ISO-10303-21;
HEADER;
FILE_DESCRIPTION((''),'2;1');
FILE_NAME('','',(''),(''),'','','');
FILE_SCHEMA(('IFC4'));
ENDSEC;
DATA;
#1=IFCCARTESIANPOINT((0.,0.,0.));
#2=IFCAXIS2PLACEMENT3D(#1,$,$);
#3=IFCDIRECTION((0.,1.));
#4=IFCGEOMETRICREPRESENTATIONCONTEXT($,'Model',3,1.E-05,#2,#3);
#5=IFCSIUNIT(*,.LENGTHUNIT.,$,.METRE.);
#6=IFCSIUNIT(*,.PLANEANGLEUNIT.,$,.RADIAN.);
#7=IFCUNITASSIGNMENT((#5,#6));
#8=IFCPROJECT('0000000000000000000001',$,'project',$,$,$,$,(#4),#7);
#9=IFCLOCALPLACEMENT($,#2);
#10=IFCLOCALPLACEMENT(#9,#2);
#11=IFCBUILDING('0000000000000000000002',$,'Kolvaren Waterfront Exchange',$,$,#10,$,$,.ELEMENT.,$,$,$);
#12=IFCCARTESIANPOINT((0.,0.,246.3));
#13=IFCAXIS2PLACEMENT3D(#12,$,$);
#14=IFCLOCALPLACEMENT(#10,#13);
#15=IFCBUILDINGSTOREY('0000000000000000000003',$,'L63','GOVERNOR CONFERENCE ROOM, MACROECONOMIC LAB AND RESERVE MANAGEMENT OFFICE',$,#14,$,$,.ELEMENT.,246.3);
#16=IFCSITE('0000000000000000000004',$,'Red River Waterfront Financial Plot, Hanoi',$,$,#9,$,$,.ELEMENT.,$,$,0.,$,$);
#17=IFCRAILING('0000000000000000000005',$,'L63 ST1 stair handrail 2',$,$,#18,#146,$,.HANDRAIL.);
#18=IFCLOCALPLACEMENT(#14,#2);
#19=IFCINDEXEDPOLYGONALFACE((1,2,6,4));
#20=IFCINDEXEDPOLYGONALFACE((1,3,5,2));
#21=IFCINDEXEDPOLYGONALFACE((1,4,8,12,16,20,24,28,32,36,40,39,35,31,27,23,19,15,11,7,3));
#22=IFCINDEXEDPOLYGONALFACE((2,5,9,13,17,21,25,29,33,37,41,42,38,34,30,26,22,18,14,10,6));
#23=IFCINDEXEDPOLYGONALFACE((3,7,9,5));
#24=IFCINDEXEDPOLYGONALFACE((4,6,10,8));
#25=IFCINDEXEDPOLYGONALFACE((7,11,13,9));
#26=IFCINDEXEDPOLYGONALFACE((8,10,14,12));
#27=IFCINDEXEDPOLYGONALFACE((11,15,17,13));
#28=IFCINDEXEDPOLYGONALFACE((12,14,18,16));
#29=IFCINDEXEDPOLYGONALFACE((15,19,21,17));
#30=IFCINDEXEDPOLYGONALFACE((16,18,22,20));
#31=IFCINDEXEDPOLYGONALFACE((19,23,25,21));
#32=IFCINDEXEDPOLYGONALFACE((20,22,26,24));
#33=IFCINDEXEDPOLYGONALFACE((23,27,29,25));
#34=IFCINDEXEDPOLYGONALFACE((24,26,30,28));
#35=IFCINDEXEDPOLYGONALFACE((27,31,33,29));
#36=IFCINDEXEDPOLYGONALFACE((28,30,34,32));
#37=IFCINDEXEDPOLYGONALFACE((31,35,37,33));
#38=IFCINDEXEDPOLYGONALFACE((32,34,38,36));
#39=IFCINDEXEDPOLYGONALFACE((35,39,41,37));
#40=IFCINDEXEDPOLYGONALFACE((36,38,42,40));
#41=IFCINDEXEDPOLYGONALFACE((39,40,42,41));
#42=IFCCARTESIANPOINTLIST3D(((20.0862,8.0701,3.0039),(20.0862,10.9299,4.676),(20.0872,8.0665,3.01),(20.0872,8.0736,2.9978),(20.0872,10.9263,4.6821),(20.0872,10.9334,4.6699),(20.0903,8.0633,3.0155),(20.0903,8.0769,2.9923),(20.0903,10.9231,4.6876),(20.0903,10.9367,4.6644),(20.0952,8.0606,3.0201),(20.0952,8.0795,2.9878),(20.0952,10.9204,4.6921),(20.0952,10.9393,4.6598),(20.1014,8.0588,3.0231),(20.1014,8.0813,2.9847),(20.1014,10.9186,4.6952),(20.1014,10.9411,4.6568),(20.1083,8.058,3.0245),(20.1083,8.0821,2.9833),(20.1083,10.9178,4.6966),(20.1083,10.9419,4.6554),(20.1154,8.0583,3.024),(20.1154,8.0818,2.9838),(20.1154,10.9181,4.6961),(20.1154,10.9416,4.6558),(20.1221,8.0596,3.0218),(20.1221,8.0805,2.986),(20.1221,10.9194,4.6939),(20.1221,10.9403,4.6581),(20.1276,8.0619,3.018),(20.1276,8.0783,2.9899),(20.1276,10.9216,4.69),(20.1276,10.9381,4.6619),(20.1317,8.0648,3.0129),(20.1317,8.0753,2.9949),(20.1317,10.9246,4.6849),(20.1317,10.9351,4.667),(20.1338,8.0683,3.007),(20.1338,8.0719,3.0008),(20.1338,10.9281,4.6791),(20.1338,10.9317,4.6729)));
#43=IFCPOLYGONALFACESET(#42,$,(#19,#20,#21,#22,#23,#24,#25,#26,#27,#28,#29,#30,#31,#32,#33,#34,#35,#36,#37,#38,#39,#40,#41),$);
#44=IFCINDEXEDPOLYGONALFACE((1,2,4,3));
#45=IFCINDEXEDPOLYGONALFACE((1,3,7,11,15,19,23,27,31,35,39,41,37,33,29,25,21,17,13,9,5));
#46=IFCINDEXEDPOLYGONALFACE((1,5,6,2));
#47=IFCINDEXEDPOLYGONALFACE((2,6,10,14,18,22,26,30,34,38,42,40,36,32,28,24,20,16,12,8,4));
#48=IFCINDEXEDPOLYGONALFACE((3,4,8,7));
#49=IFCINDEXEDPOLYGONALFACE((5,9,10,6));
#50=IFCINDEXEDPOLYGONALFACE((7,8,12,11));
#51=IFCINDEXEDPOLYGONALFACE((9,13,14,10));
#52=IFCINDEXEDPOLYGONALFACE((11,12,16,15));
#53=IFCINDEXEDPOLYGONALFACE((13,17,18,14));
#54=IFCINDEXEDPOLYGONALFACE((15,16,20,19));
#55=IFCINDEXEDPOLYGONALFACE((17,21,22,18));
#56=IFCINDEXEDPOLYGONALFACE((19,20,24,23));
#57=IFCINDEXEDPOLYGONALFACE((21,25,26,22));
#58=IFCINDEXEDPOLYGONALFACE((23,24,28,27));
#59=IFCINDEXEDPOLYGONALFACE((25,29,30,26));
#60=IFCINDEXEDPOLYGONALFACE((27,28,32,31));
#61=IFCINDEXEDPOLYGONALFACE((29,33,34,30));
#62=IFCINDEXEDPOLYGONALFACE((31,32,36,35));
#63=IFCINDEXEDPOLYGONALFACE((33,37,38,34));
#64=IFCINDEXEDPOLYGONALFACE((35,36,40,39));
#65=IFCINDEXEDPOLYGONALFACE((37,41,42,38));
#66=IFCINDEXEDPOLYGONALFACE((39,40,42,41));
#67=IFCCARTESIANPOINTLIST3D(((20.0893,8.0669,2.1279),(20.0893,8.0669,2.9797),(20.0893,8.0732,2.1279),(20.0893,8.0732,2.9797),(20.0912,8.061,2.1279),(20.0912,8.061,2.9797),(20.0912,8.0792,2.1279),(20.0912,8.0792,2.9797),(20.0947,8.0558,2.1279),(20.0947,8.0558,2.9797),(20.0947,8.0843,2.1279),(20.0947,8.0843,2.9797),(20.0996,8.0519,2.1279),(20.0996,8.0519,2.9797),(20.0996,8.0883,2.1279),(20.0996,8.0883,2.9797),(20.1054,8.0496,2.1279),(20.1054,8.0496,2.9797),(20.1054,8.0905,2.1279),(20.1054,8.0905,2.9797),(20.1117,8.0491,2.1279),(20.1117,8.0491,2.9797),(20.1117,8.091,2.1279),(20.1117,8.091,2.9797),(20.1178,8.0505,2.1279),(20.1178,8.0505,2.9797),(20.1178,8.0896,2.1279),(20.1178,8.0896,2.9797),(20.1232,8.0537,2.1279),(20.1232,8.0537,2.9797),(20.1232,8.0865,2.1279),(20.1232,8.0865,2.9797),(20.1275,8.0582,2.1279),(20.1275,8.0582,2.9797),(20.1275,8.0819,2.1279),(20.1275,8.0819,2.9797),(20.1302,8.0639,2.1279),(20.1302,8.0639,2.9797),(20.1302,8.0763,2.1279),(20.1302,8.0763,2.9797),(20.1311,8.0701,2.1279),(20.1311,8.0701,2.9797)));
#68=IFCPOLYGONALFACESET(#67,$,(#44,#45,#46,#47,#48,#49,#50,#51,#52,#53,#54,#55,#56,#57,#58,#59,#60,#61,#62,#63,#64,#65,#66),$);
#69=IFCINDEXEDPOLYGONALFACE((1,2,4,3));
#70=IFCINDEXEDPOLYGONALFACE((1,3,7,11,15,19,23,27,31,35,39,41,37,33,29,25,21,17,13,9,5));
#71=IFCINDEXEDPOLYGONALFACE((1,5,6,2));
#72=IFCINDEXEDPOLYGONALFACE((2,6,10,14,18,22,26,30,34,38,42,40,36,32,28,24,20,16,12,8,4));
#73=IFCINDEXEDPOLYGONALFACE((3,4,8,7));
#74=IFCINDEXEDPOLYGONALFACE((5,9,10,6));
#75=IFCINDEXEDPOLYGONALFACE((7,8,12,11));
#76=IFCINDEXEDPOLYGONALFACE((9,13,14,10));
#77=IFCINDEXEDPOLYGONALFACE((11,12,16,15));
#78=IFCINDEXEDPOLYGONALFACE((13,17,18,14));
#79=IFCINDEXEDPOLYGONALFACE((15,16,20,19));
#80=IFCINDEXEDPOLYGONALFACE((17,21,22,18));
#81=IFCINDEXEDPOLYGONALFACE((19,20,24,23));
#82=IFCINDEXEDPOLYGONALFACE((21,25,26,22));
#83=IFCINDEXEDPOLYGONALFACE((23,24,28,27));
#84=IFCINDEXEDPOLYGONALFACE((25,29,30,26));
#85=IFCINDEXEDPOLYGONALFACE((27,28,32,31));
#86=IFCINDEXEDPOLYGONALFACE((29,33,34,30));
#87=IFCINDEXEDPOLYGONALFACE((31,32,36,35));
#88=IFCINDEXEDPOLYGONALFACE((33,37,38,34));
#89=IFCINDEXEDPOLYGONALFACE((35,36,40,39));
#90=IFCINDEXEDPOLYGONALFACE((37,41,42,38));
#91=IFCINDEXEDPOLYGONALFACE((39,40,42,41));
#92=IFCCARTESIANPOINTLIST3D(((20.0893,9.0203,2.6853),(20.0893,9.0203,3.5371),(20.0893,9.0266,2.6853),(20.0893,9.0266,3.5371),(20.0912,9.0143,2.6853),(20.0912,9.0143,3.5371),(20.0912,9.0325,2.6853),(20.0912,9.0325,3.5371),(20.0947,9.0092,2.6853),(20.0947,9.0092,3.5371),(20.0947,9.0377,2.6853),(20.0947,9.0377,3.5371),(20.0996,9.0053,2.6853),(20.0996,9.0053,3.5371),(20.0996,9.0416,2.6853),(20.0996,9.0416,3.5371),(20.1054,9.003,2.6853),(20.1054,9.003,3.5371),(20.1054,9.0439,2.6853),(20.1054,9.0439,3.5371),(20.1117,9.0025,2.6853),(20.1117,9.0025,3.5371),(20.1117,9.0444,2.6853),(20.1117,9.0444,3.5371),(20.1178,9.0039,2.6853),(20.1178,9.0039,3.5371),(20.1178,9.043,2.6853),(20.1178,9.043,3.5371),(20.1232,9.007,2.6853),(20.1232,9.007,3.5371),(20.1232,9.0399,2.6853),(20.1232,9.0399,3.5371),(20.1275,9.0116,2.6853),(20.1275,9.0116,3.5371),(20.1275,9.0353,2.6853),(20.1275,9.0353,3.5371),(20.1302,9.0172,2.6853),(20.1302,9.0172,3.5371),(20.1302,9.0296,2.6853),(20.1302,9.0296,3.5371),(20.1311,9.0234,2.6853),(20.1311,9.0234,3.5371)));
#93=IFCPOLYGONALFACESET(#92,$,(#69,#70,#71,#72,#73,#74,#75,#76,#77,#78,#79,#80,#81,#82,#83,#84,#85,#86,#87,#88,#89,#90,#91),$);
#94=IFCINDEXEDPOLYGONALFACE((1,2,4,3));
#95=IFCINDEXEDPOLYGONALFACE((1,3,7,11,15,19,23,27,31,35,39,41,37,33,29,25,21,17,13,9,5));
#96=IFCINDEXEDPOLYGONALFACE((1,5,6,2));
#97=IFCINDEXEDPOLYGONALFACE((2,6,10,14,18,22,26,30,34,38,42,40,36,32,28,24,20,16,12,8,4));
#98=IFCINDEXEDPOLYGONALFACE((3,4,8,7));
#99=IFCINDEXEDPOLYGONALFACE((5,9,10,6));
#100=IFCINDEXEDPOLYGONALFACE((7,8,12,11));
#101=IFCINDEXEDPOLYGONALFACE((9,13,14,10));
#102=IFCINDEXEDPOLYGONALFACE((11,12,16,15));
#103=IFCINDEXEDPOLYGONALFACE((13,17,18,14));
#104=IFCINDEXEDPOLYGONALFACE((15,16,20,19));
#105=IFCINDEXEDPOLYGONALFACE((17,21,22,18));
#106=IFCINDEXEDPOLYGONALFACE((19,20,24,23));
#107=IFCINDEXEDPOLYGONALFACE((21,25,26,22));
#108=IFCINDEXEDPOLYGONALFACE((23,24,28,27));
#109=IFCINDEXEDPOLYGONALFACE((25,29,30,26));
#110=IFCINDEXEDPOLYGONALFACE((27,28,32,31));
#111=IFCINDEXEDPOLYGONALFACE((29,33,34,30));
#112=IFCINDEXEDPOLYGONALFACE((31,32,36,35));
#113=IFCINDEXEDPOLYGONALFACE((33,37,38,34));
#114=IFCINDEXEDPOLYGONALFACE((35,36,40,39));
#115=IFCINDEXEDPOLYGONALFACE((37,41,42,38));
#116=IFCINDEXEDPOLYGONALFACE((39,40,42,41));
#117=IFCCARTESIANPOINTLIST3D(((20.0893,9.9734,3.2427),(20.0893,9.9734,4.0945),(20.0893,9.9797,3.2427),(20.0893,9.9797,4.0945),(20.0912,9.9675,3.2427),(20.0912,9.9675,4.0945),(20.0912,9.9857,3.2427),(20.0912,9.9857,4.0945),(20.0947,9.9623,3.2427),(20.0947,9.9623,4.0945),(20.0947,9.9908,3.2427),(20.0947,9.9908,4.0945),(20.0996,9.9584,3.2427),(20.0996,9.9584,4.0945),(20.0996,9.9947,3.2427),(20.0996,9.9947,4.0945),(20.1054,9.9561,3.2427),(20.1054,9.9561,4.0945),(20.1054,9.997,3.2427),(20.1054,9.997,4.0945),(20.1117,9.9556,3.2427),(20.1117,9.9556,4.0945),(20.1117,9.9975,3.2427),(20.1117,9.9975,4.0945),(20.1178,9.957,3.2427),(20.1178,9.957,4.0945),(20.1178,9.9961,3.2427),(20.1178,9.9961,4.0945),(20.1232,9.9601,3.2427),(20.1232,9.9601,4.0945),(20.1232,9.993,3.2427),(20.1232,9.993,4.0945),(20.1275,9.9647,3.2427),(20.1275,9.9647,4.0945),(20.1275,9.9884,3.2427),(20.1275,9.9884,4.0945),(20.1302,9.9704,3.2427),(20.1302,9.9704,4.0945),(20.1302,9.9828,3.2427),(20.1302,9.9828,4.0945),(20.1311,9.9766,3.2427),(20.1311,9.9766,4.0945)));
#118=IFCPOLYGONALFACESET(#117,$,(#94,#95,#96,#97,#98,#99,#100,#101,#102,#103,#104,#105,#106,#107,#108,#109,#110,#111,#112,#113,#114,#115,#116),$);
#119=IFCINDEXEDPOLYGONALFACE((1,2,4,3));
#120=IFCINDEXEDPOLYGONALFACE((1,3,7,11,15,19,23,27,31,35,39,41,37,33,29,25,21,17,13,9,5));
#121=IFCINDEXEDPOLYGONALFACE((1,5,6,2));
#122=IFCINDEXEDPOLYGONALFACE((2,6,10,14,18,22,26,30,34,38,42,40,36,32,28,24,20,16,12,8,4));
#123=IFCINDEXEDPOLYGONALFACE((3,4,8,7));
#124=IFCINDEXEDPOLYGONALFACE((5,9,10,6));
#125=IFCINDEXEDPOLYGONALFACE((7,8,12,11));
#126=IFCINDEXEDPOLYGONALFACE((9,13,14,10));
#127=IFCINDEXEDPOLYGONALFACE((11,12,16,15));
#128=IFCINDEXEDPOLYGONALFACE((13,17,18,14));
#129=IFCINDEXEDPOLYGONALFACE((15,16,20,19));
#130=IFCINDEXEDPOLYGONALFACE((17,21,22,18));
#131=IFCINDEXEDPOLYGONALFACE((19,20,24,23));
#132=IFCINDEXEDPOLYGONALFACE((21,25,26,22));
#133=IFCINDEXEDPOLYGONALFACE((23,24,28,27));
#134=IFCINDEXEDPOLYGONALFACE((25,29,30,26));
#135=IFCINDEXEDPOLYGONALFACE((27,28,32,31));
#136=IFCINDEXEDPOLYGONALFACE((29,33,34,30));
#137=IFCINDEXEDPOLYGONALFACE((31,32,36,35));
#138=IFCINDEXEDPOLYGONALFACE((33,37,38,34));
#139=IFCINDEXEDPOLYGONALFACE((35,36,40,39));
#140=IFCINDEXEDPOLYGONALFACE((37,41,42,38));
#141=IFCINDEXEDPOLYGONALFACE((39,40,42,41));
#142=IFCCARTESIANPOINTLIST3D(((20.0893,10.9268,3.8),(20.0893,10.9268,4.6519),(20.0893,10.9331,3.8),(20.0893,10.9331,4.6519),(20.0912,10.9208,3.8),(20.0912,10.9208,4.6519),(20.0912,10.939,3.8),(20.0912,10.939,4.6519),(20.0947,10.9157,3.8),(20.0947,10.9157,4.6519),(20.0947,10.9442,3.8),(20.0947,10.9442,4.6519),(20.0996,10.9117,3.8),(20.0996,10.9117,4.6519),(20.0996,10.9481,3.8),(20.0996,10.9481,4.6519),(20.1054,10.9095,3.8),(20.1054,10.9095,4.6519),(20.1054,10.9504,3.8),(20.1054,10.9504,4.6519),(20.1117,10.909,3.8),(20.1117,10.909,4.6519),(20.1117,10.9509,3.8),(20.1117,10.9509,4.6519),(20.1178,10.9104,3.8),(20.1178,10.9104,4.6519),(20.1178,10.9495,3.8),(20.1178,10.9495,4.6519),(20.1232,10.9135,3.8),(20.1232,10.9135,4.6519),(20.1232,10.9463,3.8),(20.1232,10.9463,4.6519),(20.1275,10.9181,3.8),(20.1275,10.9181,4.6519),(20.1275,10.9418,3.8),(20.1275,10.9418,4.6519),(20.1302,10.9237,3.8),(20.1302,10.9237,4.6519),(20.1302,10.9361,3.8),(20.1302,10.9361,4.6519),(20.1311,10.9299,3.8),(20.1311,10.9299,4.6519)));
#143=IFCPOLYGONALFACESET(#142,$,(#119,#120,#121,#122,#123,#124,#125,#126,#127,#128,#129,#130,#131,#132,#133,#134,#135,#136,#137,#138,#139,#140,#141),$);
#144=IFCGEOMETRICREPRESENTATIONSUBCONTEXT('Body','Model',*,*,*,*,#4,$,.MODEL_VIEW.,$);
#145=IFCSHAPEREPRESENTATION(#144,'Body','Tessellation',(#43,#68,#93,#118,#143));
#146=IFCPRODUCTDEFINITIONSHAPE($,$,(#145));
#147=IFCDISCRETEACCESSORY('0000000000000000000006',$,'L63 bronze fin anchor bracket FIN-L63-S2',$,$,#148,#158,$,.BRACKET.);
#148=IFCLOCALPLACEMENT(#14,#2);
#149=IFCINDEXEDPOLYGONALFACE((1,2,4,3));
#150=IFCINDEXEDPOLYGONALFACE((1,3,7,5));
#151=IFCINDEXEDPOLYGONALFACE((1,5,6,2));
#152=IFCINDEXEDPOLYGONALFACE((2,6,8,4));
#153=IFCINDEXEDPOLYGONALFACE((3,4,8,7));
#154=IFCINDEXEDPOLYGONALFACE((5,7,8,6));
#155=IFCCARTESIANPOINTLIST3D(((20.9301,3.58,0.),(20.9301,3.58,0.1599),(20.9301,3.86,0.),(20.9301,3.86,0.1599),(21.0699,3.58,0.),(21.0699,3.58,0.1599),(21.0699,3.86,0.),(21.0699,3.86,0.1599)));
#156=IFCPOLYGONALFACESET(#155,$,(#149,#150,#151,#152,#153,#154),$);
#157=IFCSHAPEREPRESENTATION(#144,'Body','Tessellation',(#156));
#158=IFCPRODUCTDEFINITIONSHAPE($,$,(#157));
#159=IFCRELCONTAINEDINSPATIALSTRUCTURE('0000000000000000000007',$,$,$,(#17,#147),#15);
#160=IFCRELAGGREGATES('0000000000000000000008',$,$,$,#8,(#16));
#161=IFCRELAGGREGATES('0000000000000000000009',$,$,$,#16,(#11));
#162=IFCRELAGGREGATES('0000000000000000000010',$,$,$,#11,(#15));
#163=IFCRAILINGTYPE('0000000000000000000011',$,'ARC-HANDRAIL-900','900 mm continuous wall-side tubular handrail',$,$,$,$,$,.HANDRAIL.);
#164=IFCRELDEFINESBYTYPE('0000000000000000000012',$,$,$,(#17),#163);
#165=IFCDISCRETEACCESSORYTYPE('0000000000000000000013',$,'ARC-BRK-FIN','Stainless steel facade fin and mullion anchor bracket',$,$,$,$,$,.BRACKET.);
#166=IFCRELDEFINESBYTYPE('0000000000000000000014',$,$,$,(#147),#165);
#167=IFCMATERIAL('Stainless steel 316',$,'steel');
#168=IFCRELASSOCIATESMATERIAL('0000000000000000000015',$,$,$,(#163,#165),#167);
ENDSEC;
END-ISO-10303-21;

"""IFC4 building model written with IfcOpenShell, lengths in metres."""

from ifc_helpers import new_model, si_unit, direction, frame, origin, origin_with_axes, origin_2d, place, context, subcontext, project, spatial, rectangle, circle, extrude, source, transform, mapped, material, type_object, element, save


model = new_model("IFC4")

# Units and contexts
model_context = context("Model", 3, precision=1e-05, world=origin(), true_north=direction((0.0, 1.0)))
body_context = subcontext(model_context, "Body", "Model", "MODEL_VIEW")
ifc_project = project(units=[si_unit("LENGTHUNIT", "METRE"), si_unit("PLANEANGLEUNIT", "RADIAN")], contexts=[model_context])

# Site, building, storey
site_placement = place(None, origin())
site = spatial("IfcSite", under=ifc_project, at=site_placement, Name="Red River Waterfront Financial Plot, Hanoi", CompositionType="ELEMENT", RefElevation=0.0)
building_placement = place(site_placement, origin())
building = spatial("IfcBuilding", under=site, at=building_placement, Name="Kolvaren Waterfront Exchange", CompositionType="ELEMENT")
storey_placement = place(building_placement, frame((0.0, 0.0, 246.3)))
storey = spatial("IfcBuildingStorey", under=building, at=storey_placement, Name="L63", Description="GOVERNOR CONFERENCE ROOM, MACROECONOMIC LAB AND RESERVE MANAGEMENT OFFICE", CompositionType="ELEMENT", Elevation=246.3)

# Railing
ifc_material_1 = material(Name="Stainless steel 316", Category="steel")
railing_type_1 = type_object("IfcRailingType", Name="ARC-HANDRAIL-900", Description="900 mm continuous wall-side tubular handrail", PredefinedType="HANDRAIL", material=ifc_material_1)
railing_1_placement = place(storey_placement, frame((20.1101, 8.0701, 2.1279)))
element("IfcRailing", 1, at=railing_1_placement, inside=storey, type_object=railing_type_1, Name="L63 ST1 stair handrail 2", PredefinedType="HANDRAIL", context=body_context, shape_type="SweptSolid", body=[
    extrude(circle(Radius=0.0239, at=origin_2d()), frame((0.0, 0.0, 0.876), z_axis=(0.0, 0.863271, 0.504741), x_axis=(-1.0, 0.0, 0.0)), (0.0, 0.0, 1.0), 3.3127),
    extrude(circle(Radius=0.021, at=origin_2d()), origin(), (0.0, 0.0, 1.0), 0.8518),
    extrude(circle(Radius=0.021, at=origin_2d()), frame((0.0, 0.9534, 0.5574)), (0.0, 0.0, 1.0), 0.8518),
    extrude(circle(Radius=0.021, at=origin_2d()), frame((0.0, 1.9065, 1.1147)), (0.0, 0.0, 1.0), 0.8518),
    extrude(circle(Radius=0.021, at=origin_2d()), frame((0.0, 2.8599, 1.6721)), (0.0, 0.0, 1.0), 0.8518),
])

# Discrete accessory
discrete_accessory_type = type_object("IfcDiscreteAccessoryType", Name="ARC-BRK-FIN", Description="Stainless steel facade fin and mullion anchor bracket", PredefinedType="BRACKET", material=ifc_material_1)
shared_shape_1 = source(origin_with_axes(), body_context, "Body", "SweptSolid", [
    extrude(rectangle(XDim=0.28, YDim=0.1399, at=origin_2d()), origin(), (0.0, 0.0, 1.0), 0.1599),
])
discrete_accessory_placement = place(storey_placement, frame((21.0, 3.72, 0.0), z_axis=(0.0, 0.0, 1.0), x_axis=(0.0, -1.0, 0.0)))
element("IfcDiscreteAccessory", 2, at=discrete_accessory_placement, inside=storey, type_object=discrete_accessory_type, Name="L63 bronze fin anchor bracket FIN-L63-S2", PredefinedType="BRACKET", context=body_context, shape_type="MappedRepresentation", body=[
    mapped(shared_shape_1, transform((0.0, 0.0, 0.0), x_axis=(1.0, 0.0, 0.0), y_axis=(0.0, 1.0, 0.0), z_axis=(0.0, 0.0, 1.0), scale=1.0)),
])

save(model, "model.ifc")
